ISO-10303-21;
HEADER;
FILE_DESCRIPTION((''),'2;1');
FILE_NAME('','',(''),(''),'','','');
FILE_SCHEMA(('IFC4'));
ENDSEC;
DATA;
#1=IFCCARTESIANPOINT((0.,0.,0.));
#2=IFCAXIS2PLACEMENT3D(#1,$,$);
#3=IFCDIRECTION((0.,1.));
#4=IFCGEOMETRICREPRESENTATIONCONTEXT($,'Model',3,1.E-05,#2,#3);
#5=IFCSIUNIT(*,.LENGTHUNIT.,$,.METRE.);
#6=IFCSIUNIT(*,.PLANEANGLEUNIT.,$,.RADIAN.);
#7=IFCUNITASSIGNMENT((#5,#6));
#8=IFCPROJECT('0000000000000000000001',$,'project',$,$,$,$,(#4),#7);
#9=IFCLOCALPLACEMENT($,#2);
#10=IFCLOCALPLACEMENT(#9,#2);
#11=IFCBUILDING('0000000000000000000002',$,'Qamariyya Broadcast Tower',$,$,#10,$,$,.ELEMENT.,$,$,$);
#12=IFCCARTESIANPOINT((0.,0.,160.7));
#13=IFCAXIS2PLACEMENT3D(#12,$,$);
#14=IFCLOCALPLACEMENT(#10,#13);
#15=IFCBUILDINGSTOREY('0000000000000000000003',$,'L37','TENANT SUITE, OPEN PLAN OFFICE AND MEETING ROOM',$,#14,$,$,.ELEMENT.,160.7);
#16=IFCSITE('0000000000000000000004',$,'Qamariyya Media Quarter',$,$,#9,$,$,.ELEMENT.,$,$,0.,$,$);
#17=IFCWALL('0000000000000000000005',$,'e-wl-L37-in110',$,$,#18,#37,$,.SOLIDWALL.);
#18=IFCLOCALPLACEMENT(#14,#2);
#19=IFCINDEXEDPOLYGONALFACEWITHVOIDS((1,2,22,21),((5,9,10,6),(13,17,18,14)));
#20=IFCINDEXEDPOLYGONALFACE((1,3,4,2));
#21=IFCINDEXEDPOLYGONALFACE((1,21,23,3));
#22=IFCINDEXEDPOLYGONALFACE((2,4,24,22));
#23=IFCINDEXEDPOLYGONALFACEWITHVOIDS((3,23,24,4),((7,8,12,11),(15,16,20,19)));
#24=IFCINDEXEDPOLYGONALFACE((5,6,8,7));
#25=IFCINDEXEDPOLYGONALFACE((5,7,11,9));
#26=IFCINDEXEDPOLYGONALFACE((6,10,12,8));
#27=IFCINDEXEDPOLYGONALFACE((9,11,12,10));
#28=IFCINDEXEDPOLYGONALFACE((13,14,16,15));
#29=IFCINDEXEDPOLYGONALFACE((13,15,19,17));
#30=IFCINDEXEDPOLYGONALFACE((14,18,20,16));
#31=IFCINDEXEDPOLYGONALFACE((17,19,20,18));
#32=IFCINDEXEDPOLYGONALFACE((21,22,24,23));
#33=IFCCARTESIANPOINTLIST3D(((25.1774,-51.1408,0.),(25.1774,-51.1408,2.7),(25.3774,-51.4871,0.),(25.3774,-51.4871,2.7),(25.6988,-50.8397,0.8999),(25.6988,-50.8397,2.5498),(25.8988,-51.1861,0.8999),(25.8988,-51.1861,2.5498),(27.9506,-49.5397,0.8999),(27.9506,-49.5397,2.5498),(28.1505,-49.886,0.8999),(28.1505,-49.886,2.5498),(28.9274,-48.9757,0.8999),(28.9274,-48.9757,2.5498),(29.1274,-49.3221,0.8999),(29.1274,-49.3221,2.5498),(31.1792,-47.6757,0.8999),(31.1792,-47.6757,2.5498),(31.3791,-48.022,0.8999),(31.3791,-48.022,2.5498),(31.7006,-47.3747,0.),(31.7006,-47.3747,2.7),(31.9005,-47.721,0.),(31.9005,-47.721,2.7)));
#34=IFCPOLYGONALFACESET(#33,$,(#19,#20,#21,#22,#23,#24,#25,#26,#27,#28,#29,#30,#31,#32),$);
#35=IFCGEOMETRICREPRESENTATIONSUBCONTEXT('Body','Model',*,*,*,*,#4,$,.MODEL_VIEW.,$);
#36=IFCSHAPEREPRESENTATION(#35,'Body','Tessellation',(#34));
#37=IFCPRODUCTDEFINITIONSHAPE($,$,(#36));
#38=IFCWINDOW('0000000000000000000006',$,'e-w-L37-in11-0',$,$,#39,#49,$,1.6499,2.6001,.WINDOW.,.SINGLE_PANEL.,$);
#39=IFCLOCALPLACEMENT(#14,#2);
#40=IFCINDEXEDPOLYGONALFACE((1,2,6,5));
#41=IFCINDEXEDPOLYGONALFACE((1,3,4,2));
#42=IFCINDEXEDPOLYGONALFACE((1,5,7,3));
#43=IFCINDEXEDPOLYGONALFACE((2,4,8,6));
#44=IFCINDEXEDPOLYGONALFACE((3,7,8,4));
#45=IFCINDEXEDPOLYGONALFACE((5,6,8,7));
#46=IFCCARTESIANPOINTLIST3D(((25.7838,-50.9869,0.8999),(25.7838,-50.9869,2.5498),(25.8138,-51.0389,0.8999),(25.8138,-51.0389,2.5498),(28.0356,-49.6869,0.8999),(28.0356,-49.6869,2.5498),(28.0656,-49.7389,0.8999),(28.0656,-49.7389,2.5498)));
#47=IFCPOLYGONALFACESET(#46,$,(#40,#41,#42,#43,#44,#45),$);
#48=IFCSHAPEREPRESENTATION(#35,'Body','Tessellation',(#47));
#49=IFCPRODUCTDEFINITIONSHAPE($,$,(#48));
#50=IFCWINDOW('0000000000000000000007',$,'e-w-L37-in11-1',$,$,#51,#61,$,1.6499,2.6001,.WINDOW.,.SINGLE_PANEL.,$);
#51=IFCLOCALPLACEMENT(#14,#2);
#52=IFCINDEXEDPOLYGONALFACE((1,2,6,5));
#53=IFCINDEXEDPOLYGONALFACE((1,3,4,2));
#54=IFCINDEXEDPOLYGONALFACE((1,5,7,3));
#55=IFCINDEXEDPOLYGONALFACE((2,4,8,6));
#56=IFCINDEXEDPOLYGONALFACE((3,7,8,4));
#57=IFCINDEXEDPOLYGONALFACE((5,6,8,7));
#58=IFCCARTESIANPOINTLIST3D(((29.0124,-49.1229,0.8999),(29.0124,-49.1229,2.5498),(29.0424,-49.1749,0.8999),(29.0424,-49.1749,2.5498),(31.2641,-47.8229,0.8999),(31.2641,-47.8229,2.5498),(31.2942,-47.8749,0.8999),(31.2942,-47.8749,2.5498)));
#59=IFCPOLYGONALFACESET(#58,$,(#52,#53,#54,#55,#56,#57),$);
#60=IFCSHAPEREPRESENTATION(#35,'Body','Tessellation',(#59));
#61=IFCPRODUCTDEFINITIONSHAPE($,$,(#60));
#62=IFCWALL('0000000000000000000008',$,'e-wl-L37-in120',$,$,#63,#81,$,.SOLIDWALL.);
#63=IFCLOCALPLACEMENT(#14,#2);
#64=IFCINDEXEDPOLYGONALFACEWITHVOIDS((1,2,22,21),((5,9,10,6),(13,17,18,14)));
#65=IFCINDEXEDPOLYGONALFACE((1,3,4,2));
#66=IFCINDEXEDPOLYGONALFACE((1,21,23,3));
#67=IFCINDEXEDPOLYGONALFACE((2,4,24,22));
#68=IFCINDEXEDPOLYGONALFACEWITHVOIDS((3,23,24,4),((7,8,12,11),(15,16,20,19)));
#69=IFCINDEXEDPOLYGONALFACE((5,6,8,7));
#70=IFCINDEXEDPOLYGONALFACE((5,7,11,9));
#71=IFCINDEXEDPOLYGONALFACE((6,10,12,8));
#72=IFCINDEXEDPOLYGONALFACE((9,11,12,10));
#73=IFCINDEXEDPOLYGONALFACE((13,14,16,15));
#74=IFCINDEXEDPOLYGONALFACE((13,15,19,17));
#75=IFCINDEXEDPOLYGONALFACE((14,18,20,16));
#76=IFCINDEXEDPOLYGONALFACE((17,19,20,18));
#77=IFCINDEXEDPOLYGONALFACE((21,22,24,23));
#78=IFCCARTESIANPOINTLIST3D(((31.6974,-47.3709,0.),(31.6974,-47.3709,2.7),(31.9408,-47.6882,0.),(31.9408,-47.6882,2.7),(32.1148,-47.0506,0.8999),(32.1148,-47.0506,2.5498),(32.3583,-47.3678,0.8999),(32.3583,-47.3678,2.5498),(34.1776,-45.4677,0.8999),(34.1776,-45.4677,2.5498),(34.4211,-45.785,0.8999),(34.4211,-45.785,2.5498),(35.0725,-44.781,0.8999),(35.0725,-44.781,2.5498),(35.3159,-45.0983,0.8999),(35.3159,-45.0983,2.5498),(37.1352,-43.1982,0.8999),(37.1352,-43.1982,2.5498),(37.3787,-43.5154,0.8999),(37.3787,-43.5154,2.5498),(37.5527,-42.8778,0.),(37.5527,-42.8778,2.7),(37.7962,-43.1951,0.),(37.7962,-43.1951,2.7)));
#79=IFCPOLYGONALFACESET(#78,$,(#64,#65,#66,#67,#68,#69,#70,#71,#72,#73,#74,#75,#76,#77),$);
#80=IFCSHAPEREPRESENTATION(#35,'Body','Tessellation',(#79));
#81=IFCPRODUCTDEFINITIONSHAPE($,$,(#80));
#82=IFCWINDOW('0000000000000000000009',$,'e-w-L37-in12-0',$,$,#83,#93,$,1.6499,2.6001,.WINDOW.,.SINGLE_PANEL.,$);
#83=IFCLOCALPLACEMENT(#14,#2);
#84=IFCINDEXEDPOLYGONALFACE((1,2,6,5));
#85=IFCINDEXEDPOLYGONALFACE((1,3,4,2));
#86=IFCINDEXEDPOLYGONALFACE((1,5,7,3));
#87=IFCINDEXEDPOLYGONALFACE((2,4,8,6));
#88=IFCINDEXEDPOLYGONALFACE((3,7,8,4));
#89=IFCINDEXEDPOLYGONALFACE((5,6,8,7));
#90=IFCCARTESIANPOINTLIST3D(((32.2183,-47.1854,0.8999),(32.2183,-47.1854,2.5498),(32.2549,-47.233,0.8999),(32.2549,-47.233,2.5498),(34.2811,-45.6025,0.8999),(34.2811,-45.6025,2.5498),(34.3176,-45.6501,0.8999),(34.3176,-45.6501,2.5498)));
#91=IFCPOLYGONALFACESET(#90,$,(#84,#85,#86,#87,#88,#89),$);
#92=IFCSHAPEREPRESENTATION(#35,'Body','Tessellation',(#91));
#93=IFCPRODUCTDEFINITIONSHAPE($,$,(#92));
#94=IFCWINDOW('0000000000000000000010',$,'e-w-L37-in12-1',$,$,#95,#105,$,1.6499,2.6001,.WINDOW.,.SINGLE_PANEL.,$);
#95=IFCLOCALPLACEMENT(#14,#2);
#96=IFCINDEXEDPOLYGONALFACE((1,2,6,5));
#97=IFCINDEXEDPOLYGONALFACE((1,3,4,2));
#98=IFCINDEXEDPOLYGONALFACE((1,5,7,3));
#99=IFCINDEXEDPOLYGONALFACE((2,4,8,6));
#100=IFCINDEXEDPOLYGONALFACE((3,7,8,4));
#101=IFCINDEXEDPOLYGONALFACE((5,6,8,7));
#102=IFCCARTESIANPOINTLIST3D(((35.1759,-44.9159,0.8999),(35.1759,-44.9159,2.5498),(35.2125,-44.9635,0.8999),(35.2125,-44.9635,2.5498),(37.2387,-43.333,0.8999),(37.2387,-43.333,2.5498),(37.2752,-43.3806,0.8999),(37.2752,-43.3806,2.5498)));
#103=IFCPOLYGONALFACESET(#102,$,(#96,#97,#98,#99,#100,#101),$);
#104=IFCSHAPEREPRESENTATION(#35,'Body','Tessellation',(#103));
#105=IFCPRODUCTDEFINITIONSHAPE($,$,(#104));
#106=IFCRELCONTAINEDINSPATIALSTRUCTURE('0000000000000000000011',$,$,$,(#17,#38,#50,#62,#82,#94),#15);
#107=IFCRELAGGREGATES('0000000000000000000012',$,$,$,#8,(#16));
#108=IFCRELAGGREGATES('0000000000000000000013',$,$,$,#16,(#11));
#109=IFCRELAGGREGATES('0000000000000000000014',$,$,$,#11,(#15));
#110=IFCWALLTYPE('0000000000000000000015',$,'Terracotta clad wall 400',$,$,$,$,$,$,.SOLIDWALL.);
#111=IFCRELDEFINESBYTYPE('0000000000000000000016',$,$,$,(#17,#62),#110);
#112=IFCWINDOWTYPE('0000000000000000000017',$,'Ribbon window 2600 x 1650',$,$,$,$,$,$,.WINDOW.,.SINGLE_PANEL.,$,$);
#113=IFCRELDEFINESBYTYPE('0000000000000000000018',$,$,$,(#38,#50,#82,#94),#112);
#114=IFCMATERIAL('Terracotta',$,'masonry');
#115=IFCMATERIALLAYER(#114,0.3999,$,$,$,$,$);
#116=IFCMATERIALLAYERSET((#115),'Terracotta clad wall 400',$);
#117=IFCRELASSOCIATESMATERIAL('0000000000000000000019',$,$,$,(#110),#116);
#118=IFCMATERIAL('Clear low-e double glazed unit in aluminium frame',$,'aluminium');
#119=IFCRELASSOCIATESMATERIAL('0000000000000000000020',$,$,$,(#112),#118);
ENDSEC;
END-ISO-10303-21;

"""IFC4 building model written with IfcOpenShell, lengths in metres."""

from ifc_helpers import new_model, si_unit, direction, frame, frame_2d, origin, place, context, subcontext, project, spatial, rectangle, extrude, material, layer, layer_set, type_object, element, fill, save


model = new_model("IFC4")

# Units and contexts
model_context = context("Model", 3, precision=1e-05, world=origin(), true_north=direction((0.0, 1.0)))
body_context = subcontext(model_context, "Body", "Model", "MODEL_VIEW")
ifc_project = project(units=[si_unit("LENGTHUNIT", "METRE"), si_unit("PLANEANGLEUNIT", "RADIAN")], contexts=[model_context])

# Site, building, storey
site_placement = place(None, origin())
site = spatial("IfcSite", under=ifc_project, at=site_placement, Name="Qamariyya Media Quarter", CompositionType="ELEMENT", RefElevation=0.0)
building_placement = place(site_placement, origin())
building = spatial("IfcBuilding", under=site, at=building_placement, Name="Qamariyya Broadcast Tower", CompositionType="ELEMENT")
storey_placement = place(building_placement, frame((0.0, 0.0, 160.7)))
storey = spatial("IfcBuildingStorey", under=building, at=storey_placement, Name="L37", Description="TENANT SUITE, OPEN PLAN OFFICE AND MEETING ROOM", CompositionType="ELEMENT", Elevation=160.7)

# Walls, openings, windows
ifc_material_1 = material(Name="Terracotta", Category="masonry")
ifc_layer = layer(ifc_material_1, 0.3999)
ifc_layer_set = layer_set([ifc_layer], Name="Terracotta clad wall 400")
wall_type = type_object("IfcWallType", Name="Terracotta clad wall 400", PredefinedType="SOLIDWALL", material=ifc_layer_set)
wall_1_placement = place(storey_placement, frame((31.8005, -47.5479, 0.0), z_axis=(0.0, 0.0, 1.0), x_axis=(-0.866029, -0.499995, 0.0)))
wall_1 = element("IfcWall", 1, at=wall_1_placement, inside=storey, type_object=wall_type, Name="e-wl-L37-in110", PredefinedType="SOLIDWALL", context=body_context, shape_type="SweptSolid", body=[
    extrude(rectangle(XDim=7.5322, YDim=0.3999, at=frame_2d((3.7661, 0.0))), origin(), (0.0, 0.0, 1.0), 2.7),
])
opening_1_placement = place(wall_1_placement, frame((4.3301, 0.0, 0.8999)))
opening_1 = element("IfcOpeningElement", 2, at=opening_1_placement, cuts=wall_1, PredefinedType="OPENING", context=body_context, shape_type="SweptSolid", body=[
    extrude(rectangle(XDim=2.6001, YDim=1.6499, at=frame_2d((1.3, 0.825))), frame((0.0, 0.21, 0.0), z_axis=(0.0, -1.0, 0.0), x_axis=(1.0, 0.0, 0.0)), (0.0, 0.0, 1.0), 0.4199),
])
opening_2_placement = place(wall_1_placement, frame((0.6021, 0.0, 0.8999)))
opening_2 = element("IfcOpeningElement", 3, at=opening_2_placement, cuts=wall_1, PredefinedType="OPENING", context=body_context, shape_type="SweptSolid", body=[
    extrude(rectangle(XDim=2.6001, YDim=1.6499, at=frame_2d((1.3, 0.825))), frame((0.0, 0.21, 0.0), z_axis=(0.0, -1.0, 0.0), x_axis=(1.0, 0.0, 0.0)), (0.0, 0.0, 1.0), 0.4199),
])
ifc_material_2 = material(Name="Clear low-e double glazed unit in aluminium frame", Category="aluminium")
window_type = type_object("IfcWindowType", Name="Ribbon window 2600 x 1650", PartitioningType="SINGLE_PANEL", PredefinedType="WINDOW", material=ifc_material_2)
window_1_placement = place(opening_1_placement, origin())
window_1 = element("IfcWindow", 4, at=window_1_placement, inside=storey, type_object=window_type, Name="e-w-L37-in11-0", OverallHeight=1.6499, OverallWidth=2.6001, PartitioningType="SINGLE_PANEL", PredefinedType="WINDOW", context=body_context, shape_type="SweptSolid", body=[
    extrude(rectangle(XDim=2.6001, YDim=1.6499, at=frame_2d((1.3, 0.825))), frame((0.0, 0.03, 0.0), z_axis=(0.0, -1.0, 0.0), x_axis=(1.0, 0.0, 0.0)), (0.0, 0.0, 1.0), 0.0601),
])
fill(opening_1, window_1)
window_2_placement = place(opening_2_placement, origin())
window_2 = element("IfcWindow", 5, at=window_2_placement, inside=storey, type_object=window_type, Name="e-w-L37-in11-1", OverallHeight=1.6499, OverallWidth=2.6001, PartitioningType="SINGLE_PANEL", PredefinedType="WINDOW", context=body_context, shape_type="SweptSolid", body=[
    extrude(rectangle(XDim=2.6001, YDim=1.6499, at=frame_2d((1.3, 0.825))), frame((0.0, 0.03, 0.0), z_axis=(0.0, -1.0, 0.0), x_axis=(1.0, 0.0, 0.0)), (0.0, 0.0, 1.0), 0.0601),
])
fill(opening_2, window_2)
wall_2_placement = place(storey_placement, frame((37.6746, -43.0364, 0.0), z_axis=(0.0, 0.0, 1.0), x_axis=(-0.793346, -0.60877, 0.0)))
wall_2 = element("IfcWall", 6, at=wall_2_placement, inside=storey, type_object=wall_type, Name="e-wl-L37-in120", PredefinedType="SOLIDWALL", context=body_context, shape_type="SweptSolid", body=[
    extrude(rectangle(XDim=7.3806, YDim=0.3999, at=frame_2d((3.6904, 0.0))), origin(), (0.0, 0.0, 1.0), 2.7),
])
opening_3_placement = place(wall_2_placement, frame((4.2544, 0.0, 0.8999)))
opening_3 = element("IfcOpeningElement", 7, at=opening_3_placement, cuts=wall_2, PredefinedType="OPENING", context=body_context, shape_type="SweptSolid", body=[
    extrude(rectangle(XDim=2.6001, YDim=1.6499, at=frame_2d((1.3, 0.825))), frame((0.0, 0.21, 0.0), z_axis=(0.0, -1.0, 0.0), x_axis=(1.0, 0.0, 0.0)), (0.0, 0.0, 1.0), 0.4199),
])
opening_4_placement = place(wall_2_placement, frame((0.5264, 0.0, 0.8999)))
opening_4 = element("IfcOpeningElement", 8, at=opening_4_placement, cuts=wall_2, PredefinedType="OPENING", context=body_context, shape_type="SweptSolid", body=[
    extrude(rectangle(XDim=2.6001, YDim=1.6499, at=frame_2d((1.3, 0.825))), frame((0.0, 0.21, 0.0), z_axis=(0.0, -1.0, 0.0), x_axis=(1.0, 0.0, 0.0)), (0.0, 0.0, 1.0), 0.4199),
])
window_3_placement = place(opening_3_placement, origin())
window_3 = element("IfcWindow", 9, at=window_3_placement, inside=storey, type_object=window_type, Name="e-w-L37-in12-0", OverallHeight=1.6499, OverallWidth=2.6001, PartitioningType="SINGLE_PANEL", PredefinedType="WINDOW", context=body_context, shape_type="SweptSolid", body=[
    extrude(rectangle(XDim=2.6001, YDim=1.6499, at=frame_2d((1.3, 0.825))), frame((0.0, 0.03, 0.0), z_axis=(0.0, -1.0, 0.0), x_axis=(1.0, 0.0, 0.0)), (0.0, 0.0, 1.0), 0.0601),
])
fill(opening_3, window_3)
window_4_placement = place(opening_4_placement, origin())
window_4 = element("IfcWindow", 10, at=window_4_placement, inside=storey, type_object=window_type, Name="e-w-L37-in12-1", OverallHeight=1.6499, OverallWidth=2.6001, PartitioningType="SINGLE_PANEL", PredefinedType="WINDOW", context=body_context, shape_type="SweptSolid", body=[
    extrude(rectangle(XDim=2.6001, YDim=1.6499, at=frame_2d((1.3, 0.825))), frame((0.0, 0.03, 0.0), z_axis=(0.0, -1.0, 0.0), x_axis=(1.0, 0.0, 0.0)), (0.0, 0.0, 1.0), 0.0601),
])
fill(opening_4, window_4)

save(model, "model.ifc")
